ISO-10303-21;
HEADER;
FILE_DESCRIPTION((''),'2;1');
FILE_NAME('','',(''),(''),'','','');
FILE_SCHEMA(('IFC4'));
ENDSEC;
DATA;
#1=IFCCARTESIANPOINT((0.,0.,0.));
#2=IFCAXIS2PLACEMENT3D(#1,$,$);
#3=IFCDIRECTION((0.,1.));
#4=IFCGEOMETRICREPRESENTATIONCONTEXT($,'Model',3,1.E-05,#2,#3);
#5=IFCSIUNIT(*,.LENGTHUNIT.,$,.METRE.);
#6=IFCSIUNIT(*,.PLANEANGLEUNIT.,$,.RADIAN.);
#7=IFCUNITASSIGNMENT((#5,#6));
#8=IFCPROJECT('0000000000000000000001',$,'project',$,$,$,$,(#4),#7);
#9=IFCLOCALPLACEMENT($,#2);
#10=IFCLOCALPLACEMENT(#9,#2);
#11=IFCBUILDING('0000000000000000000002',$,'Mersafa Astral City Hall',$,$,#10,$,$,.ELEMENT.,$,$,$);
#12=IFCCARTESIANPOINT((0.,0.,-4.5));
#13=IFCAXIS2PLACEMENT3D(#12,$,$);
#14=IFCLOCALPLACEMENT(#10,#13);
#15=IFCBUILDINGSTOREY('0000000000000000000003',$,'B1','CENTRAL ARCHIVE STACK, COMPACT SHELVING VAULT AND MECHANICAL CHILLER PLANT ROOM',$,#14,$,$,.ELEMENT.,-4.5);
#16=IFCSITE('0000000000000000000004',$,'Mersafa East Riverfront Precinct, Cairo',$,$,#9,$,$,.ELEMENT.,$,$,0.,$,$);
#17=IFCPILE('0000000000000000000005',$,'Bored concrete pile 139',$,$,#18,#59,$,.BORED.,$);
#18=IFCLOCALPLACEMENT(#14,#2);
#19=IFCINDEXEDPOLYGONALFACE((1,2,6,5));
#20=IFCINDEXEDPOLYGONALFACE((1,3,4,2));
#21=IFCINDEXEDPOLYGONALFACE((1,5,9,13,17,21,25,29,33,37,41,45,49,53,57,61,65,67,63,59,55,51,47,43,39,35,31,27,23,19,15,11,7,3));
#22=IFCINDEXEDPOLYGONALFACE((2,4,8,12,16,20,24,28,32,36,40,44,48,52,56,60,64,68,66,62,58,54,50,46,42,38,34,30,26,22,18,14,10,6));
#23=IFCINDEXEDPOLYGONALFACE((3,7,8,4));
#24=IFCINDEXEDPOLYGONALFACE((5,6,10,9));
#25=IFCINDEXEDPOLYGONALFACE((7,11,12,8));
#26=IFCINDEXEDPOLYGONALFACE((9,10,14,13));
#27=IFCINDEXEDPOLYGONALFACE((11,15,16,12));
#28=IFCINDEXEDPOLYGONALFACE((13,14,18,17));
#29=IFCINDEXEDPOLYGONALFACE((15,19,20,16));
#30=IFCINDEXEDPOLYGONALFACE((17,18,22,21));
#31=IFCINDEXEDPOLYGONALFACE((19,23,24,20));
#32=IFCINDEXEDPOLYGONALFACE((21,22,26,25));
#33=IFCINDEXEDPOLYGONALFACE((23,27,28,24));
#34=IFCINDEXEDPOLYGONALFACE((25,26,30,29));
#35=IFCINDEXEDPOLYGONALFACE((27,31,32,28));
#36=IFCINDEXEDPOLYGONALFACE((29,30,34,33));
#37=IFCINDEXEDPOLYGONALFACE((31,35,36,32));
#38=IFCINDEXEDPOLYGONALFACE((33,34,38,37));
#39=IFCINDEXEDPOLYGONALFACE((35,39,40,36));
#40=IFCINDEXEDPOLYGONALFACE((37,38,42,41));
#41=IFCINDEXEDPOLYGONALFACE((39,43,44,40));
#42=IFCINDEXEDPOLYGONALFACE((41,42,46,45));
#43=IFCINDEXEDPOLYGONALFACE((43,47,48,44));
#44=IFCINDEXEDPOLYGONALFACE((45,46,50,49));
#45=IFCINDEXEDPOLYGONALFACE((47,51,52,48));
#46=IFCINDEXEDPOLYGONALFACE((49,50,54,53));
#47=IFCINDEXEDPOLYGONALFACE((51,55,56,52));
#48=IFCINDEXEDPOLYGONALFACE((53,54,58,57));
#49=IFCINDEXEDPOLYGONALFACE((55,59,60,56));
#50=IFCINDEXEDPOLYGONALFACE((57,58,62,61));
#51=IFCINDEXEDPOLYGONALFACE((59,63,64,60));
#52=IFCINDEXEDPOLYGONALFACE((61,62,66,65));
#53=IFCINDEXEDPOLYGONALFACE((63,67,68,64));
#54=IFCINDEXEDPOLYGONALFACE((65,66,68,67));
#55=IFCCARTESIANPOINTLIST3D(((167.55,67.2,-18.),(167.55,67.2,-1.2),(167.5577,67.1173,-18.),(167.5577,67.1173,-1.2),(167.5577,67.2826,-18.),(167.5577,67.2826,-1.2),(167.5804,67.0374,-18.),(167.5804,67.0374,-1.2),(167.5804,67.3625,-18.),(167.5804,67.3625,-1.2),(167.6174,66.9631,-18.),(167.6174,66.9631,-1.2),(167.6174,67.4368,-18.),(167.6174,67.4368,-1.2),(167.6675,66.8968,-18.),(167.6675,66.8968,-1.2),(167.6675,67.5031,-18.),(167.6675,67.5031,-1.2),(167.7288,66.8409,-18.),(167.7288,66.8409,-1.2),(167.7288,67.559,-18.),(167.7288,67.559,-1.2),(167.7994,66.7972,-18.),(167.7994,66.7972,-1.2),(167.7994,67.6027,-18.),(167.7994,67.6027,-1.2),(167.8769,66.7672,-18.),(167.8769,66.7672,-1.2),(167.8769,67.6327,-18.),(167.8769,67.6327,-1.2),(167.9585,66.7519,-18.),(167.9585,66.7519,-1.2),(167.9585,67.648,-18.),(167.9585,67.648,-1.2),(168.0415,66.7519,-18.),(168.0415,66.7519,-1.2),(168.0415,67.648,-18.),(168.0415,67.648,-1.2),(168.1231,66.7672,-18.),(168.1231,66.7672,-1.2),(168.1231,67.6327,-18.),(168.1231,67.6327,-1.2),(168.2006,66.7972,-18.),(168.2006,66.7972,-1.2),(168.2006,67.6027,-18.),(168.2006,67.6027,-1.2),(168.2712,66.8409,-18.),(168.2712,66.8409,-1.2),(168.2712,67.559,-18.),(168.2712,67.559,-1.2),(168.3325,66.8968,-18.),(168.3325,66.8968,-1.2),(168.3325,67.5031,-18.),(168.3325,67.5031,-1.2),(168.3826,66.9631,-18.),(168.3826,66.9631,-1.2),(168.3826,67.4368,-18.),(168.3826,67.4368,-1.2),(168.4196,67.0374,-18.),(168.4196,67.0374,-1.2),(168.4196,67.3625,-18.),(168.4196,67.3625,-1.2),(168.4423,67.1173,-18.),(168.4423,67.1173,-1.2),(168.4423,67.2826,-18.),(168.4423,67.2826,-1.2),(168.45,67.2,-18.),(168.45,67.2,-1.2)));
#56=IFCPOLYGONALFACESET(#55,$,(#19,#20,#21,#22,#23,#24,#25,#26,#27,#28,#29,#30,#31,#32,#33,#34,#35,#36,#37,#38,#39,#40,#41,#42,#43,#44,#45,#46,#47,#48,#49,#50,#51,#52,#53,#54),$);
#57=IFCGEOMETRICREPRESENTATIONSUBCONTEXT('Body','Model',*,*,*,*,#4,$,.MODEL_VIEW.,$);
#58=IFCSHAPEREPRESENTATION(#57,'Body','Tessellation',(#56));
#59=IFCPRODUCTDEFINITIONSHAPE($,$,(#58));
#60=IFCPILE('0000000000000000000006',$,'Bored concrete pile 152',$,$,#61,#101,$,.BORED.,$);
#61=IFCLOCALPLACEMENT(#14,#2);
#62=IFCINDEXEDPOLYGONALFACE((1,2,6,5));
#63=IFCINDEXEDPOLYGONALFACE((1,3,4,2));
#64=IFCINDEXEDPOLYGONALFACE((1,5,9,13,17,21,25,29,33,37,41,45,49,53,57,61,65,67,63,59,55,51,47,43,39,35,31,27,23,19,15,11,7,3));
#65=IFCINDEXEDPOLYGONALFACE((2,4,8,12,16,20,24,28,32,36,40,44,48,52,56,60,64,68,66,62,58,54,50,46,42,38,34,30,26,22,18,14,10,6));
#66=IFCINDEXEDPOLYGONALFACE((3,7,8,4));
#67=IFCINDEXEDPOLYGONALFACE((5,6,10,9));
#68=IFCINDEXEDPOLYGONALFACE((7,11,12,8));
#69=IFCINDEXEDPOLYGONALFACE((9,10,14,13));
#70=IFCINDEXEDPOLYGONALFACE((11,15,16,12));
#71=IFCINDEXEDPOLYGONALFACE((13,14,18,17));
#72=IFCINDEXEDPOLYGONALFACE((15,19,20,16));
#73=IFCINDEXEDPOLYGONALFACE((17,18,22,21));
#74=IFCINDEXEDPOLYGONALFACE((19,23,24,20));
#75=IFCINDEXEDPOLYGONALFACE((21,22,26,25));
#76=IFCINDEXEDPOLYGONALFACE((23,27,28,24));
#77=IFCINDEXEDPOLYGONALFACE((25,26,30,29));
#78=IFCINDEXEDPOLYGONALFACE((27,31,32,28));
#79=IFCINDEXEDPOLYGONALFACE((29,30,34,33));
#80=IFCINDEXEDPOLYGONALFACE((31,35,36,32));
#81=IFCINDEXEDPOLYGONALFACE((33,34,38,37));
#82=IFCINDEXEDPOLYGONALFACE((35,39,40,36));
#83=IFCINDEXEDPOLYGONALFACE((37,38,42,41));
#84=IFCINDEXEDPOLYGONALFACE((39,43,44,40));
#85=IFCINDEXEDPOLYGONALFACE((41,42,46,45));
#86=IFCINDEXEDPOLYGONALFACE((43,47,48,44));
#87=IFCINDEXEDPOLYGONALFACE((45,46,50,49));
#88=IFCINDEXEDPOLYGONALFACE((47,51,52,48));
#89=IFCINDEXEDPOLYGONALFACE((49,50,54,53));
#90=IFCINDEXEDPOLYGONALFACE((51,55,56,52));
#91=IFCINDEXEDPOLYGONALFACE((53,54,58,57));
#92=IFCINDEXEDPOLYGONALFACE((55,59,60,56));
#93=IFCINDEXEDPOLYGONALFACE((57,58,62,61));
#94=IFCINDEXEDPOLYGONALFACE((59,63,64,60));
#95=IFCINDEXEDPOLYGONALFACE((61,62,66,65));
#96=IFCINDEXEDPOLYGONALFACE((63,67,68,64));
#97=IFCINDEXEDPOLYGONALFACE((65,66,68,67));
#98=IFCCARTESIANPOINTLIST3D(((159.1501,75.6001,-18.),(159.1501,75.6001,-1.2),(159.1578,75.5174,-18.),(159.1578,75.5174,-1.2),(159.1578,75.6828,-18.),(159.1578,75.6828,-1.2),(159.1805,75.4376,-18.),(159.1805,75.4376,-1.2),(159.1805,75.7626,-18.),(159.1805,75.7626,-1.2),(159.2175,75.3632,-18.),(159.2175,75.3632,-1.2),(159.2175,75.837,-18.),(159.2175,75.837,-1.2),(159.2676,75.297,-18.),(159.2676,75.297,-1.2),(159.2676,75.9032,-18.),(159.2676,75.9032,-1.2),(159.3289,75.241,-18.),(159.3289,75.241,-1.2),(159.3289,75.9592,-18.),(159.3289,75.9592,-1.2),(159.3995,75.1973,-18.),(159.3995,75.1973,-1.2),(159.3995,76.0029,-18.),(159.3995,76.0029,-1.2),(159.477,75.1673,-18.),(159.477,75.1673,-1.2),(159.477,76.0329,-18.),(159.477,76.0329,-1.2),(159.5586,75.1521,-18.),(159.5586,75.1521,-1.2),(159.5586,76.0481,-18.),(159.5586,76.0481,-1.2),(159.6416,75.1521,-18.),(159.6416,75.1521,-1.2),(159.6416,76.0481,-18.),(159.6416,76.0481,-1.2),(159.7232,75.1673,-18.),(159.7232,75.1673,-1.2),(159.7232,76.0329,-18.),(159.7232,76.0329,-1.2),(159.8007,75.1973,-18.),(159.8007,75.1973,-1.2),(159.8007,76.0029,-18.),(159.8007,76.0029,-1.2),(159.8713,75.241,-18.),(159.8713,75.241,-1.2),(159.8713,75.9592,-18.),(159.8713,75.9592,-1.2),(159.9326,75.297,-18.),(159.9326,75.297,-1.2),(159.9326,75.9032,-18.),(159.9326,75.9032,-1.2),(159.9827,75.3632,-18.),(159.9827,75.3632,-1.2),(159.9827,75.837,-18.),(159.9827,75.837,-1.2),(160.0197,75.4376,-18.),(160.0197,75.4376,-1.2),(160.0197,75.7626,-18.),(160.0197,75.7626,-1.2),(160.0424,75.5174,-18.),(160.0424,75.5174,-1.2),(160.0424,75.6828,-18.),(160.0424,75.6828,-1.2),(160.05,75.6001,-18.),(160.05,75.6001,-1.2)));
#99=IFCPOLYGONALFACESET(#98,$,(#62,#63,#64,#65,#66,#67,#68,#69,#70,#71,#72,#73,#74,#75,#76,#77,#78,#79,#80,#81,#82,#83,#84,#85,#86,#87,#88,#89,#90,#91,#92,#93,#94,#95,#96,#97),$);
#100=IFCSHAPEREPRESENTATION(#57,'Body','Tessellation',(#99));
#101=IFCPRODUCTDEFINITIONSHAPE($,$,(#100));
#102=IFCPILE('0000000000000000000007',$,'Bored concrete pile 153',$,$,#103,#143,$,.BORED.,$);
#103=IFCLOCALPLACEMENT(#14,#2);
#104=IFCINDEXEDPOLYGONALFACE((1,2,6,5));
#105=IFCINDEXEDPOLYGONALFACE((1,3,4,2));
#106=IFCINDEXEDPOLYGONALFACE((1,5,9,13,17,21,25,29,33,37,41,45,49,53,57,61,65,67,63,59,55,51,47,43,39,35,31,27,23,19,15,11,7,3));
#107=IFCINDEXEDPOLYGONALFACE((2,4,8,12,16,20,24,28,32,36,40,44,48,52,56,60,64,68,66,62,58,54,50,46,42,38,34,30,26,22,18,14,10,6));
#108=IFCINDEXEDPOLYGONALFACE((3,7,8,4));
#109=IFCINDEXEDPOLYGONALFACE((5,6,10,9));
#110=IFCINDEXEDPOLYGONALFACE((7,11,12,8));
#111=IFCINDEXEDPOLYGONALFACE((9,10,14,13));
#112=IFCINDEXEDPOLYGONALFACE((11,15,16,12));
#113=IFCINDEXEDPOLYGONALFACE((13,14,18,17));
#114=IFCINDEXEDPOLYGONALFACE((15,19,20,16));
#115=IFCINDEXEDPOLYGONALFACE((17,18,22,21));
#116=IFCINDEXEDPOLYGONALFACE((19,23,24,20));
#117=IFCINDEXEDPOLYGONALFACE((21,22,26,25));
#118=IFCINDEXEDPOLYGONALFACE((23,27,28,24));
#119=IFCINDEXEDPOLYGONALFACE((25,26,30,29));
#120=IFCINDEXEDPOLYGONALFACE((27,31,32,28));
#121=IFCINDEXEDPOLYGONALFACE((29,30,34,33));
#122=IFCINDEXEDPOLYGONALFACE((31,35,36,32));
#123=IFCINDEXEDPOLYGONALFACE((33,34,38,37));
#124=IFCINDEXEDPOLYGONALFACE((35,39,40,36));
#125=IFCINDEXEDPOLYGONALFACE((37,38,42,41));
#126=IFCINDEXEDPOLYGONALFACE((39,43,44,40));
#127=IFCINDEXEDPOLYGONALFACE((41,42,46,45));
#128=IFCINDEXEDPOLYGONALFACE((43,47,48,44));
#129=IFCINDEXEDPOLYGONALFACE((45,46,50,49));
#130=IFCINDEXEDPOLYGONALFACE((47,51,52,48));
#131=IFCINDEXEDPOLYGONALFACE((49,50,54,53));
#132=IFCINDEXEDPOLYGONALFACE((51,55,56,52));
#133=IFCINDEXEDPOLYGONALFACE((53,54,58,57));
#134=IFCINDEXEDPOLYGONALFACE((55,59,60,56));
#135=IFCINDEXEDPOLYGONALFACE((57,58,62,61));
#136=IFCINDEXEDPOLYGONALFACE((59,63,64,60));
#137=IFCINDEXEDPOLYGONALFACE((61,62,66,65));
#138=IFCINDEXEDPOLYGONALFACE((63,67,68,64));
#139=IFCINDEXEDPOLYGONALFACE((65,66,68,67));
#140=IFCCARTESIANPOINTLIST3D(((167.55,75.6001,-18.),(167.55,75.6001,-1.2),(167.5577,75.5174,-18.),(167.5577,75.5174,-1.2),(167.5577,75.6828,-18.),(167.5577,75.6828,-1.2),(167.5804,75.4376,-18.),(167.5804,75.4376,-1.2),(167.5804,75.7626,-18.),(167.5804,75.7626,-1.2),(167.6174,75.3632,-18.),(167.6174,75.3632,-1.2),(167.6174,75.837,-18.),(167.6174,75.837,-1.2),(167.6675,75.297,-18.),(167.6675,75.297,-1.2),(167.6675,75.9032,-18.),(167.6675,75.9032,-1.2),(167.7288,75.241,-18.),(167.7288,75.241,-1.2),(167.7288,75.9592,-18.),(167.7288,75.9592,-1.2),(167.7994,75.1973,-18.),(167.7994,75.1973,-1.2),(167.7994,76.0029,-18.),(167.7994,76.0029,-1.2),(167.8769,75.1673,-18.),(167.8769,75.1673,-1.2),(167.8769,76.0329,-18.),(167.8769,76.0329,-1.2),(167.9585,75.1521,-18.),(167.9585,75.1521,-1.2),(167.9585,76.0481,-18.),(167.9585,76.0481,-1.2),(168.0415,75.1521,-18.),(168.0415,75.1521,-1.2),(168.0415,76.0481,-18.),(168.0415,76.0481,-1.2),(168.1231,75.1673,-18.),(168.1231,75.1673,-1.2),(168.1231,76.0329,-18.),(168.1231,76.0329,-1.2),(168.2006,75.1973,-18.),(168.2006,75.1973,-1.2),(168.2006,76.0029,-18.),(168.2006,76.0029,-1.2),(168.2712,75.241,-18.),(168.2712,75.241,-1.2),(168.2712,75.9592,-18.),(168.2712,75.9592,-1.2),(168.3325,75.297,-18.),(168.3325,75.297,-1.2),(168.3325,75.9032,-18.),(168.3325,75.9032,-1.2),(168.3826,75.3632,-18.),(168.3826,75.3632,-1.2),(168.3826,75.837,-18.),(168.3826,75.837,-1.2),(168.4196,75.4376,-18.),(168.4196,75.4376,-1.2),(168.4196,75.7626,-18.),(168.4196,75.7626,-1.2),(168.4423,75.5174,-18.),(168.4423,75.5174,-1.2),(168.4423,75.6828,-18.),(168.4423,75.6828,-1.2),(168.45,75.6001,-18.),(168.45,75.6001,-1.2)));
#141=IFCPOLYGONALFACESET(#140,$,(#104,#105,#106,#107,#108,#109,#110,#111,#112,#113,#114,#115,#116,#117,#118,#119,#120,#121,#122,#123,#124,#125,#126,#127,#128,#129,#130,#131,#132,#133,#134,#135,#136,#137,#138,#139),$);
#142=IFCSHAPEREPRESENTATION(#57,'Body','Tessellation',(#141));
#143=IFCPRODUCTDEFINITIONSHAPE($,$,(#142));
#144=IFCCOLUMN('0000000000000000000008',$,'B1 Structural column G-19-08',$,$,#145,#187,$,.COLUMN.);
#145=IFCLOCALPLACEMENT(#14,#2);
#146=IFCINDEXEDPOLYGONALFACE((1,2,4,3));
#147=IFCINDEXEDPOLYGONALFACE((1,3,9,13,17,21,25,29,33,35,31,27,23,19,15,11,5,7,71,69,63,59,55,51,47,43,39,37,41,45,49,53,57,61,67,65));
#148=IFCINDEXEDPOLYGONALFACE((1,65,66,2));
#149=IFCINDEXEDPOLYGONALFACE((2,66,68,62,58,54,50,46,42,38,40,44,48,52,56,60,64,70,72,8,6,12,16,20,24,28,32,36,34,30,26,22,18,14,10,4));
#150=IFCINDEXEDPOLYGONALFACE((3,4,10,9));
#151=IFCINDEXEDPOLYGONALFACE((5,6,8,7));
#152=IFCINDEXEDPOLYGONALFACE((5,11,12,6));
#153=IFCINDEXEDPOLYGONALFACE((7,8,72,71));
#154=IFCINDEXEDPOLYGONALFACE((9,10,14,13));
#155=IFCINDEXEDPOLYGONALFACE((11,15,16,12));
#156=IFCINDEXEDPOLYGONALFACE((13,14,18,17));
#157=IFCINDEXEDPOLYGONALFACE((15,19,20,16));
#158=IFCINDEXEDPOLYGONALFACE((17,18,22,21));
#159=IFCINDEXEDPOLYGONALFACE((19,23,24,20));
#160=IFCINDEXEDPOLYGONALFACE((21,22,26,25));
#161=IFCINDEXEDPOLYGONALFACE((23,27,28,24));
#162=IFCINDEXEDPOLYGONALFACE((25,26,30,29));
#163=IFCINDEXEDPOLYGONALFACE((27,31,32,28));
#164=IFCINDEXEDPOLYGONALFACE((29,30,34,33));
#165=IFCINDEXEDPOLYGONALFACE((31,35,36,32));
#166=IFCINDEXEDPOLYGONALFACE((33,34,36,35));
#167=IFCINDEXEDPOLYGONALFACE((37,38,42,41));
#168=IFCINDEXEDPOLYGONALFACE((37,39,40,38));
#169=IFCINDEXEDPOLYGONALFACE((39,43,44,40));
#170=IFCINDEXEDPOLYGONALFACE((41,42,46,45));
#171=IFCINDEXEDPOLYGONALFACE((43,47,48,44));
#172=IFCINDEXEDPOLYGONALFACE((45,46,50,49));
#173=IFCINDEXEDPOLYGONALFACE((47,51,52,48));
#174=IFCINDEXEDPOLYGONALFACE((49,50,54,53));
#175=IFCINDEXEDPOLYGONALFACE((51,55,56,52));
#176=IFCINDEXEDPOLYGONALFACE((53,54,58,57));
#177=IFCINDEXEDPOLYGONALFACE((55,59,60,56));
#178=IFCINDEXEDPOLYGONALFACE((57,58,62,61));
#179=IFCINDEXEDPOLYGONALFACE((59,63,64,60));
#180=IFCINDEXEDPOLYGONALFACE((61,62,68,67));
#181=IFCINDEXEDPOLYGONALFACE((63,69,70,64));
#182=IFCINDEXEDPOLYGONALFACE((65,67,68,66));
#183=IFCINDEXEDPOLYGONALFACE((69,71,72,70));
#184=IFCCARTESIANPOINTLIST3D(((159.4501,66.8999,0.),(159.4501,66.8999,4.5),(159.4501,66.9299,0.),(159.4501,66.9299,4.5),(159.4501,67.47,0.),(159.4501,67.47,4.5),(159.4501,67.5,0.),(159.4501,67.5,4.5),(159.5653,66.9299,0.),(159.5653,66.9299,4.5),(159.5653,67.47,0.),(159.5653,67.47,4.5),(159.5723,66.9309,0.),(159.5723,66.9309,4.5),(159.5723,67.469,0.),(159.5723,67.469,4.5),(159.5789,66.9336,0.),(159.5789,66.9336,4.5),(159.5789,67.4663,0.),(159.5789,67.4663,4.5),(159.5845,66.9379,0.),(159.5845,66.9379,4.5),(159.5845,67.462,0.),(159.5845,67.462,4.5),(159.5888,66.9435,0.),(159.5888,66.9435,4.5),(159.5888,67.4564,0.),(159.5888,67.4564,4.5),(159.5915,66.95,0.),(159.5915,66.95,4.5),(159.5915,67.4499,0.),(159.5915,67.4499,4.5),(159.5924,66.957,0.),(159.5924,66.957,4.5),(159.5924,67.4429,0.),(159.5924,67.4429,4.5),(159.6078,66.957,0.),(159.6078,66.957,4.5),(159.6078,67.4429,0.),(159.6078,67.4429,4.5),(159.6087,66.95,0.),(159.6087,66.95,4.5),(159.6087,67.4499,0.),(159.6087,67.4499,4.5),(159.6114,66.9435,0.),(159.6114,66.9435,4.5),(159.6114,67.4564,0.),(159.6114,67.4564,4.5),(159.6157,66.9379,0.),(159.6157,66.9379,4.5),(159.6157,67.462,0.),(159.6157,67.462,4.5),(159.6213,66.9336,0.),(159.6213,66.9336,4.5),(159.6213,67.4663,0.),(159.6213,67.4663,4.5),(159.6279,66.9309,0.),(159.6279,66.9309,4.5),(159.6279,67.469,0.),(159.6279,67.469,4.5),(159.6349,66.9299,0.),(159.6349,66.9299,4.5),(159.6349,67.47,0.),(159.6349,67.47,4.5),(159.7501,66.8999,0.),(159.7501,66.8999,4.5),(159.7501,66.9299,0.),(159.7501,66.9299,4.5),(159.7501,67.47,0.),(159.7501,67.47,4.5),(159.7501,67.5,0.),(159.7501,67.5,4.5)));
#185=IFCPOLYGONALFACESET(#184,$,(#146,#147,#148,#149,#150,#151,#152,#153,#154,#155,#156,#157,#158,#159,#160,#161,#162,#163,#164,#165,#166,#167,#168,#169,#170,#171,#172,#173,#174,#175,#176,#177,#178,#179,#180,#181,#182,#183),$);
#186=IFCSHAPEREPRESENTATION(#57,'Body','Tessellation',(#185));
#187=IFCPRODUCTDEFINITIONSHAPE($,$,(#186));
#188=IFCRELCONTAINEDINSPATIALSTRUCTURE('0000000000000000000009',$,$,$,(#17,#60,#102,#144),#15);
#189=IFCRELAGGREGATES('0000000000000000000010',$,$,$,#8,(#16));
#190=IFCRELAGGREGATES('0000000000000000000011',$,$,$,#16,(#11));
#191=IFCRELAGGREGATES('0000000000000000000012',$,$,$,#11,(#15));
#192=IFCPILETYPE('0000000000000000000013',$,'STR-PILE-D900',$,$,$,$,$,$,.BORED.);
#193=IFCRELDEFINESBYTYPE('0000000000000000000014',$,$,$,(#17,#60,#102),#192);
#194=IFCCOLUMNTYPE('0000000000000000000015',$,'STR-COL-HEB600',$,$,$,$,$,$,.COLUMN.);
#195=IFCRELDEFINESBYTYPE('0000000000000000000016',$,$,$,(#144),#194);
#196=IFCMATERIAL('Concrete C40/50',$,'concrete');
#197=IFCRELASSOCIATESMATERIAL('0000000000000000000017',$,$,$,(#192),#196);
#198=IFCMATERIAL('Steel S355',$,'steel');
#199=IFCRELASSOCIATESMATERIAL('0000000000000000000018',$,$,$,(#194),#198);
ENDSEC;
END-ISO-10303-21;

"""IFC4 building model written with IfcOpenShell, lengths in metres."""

from ifc_helpers import new_model, si_unit, direction, frame, origin, origin_2d, place, context, subcontext, project, spatial, circle, i_section, extrude, material, material_profile, profile_set, type_object, element, save


model = new_model("IFC4")

# Units and contexts
model_context = context("Model", 3, precision=1e-05, world=origin(), true_north=direction((0.0, 1.0)))
body_context = subcontext(model_context, "Body", "Model", "MODEL_VIEW")
ifc_project = project(units=[si_unit("LENGTHUNIT", "METRE"), si_unit("PLANEANGLEUNIT", "RADIAN")], contexts=[model_context])

# Site, building, storey
site_placement = place(None, origin())
site = spatial("IfcSite", under=ifc_project, at=site_placement, Name="Mersafa East Riverfront Precinct, Cairo", CompositionType="ELEMENT", RefElevation=0.0)
building_placement = place(site_placement, origin())
building = spatial("IfcBuilding", under=site, at=building_placement, Name="Mersafa Astral City Hall", CompositionType="ELEMENT")
storey_placement = place(building_placement, frame((0.0, 0.0, -4.5)))
storey = spatial("IfcBuildingStorey", under=building, at=storey_placement, Name="B1", Description="CENTRAL ARCHIVE STACK, COMPACT SHELVING VAULT AND MECHANICAL CHILLER PLANT ROOM", CompositionType="ELEMENT", Elevation=-4.5)

# Shared definitions
ifc_material_1 = material(Name="Concrete C40/50", Category="concrete")

# Piles
ifc_material_profile_1 = material_profile(ifc_material_1, circle(Radius=0.45, at=origin_2d()), Name="PILE D900")
ifc_profile_set_1 = profile_set([ifc_material_profile_1], Name="Concrete C40/50")
pile_type = type_object("IfcPileType", Name="STR-PILE-D900", PredefinedType="BORED", material=ifc_profile_set_1)
for number, where, z_axis, x_axis, name in (
    (1, (168.0, 67.2, -1.2), (0.0, 0.0, -1.0), (1.0, 0.0, 0.0), "Bored concrete pile 139"),
    (2, (159.6001, 75.6001, -1.2), (0.0, 0.0, -1.0), (1.0, 0.0, 0.0), "Bored concrete pile 152"),
    (3, (168.0, 75.6001, -1.2), (0.0, 0.0, -1.0), (1.0, 0.0, 0.0), "Bored concrete pile 153"),
):
    element("IfcPile", number, at=place(storey_placement, frame(where, z_axis=z_axis, x_axis=x_axis)), inside=storey, type_object=pile_type, Name=name, PredefinedType="BORED", context=body_context, shape_type="SweptSolid", body=[
        extrude(circle(Radius=0.45, at=origin_2d()), origin(), (0.0, 0.0, 1.0), 16.8),
    ])

# Column
ifc_material_2 = material(Name="Steel S355", Category="steel")
ifc_material_profile_2 = material_profile(ifc_material_2, i_section(OverallWidth=0.3, OverallDepth=0.6001, WebThickness=0.0154, FlangeThickness=0.03, FilletRadius=0.0271, at=origin_2d()), Name="HEB 600")
ifc_profile_set_2 = profile_set([ifc_material_profile_2], Name="Steel S355")
column_type = type_object("IfcColumnType", Name="STR-COL-HEB600", PredefinedType="COLUMN", material=ifc_profile_set_2)
for number, where, z_axis, x_axis, name in (
    (4, (159.6001, 67.2, 0.0), (0.0, 0.0, 1.0), (1.0, 0.0, 0.0), "B1 Structural column G-19-08"),
):
    element("IfcColumn", number, at=place(storey_placement, frame(where, z_axis=z_axis, x_axis=x_axis)), inside=storey, type_object=column_type, Name=name, PredefinedType="COLUMN", context=body_context, shape_type="SweptSolid", body=[
        extrude(i_section(OverallWidth=0.3, OverallDepth=0.6001, WebThickness=0.0154, FlangeThickness=0.03, FilletRadius=0.0271, at=origin_2d()), origin(), (0.0, 0.0, 1.0), 4.5),
    ])

save(model, "model.ifc")
